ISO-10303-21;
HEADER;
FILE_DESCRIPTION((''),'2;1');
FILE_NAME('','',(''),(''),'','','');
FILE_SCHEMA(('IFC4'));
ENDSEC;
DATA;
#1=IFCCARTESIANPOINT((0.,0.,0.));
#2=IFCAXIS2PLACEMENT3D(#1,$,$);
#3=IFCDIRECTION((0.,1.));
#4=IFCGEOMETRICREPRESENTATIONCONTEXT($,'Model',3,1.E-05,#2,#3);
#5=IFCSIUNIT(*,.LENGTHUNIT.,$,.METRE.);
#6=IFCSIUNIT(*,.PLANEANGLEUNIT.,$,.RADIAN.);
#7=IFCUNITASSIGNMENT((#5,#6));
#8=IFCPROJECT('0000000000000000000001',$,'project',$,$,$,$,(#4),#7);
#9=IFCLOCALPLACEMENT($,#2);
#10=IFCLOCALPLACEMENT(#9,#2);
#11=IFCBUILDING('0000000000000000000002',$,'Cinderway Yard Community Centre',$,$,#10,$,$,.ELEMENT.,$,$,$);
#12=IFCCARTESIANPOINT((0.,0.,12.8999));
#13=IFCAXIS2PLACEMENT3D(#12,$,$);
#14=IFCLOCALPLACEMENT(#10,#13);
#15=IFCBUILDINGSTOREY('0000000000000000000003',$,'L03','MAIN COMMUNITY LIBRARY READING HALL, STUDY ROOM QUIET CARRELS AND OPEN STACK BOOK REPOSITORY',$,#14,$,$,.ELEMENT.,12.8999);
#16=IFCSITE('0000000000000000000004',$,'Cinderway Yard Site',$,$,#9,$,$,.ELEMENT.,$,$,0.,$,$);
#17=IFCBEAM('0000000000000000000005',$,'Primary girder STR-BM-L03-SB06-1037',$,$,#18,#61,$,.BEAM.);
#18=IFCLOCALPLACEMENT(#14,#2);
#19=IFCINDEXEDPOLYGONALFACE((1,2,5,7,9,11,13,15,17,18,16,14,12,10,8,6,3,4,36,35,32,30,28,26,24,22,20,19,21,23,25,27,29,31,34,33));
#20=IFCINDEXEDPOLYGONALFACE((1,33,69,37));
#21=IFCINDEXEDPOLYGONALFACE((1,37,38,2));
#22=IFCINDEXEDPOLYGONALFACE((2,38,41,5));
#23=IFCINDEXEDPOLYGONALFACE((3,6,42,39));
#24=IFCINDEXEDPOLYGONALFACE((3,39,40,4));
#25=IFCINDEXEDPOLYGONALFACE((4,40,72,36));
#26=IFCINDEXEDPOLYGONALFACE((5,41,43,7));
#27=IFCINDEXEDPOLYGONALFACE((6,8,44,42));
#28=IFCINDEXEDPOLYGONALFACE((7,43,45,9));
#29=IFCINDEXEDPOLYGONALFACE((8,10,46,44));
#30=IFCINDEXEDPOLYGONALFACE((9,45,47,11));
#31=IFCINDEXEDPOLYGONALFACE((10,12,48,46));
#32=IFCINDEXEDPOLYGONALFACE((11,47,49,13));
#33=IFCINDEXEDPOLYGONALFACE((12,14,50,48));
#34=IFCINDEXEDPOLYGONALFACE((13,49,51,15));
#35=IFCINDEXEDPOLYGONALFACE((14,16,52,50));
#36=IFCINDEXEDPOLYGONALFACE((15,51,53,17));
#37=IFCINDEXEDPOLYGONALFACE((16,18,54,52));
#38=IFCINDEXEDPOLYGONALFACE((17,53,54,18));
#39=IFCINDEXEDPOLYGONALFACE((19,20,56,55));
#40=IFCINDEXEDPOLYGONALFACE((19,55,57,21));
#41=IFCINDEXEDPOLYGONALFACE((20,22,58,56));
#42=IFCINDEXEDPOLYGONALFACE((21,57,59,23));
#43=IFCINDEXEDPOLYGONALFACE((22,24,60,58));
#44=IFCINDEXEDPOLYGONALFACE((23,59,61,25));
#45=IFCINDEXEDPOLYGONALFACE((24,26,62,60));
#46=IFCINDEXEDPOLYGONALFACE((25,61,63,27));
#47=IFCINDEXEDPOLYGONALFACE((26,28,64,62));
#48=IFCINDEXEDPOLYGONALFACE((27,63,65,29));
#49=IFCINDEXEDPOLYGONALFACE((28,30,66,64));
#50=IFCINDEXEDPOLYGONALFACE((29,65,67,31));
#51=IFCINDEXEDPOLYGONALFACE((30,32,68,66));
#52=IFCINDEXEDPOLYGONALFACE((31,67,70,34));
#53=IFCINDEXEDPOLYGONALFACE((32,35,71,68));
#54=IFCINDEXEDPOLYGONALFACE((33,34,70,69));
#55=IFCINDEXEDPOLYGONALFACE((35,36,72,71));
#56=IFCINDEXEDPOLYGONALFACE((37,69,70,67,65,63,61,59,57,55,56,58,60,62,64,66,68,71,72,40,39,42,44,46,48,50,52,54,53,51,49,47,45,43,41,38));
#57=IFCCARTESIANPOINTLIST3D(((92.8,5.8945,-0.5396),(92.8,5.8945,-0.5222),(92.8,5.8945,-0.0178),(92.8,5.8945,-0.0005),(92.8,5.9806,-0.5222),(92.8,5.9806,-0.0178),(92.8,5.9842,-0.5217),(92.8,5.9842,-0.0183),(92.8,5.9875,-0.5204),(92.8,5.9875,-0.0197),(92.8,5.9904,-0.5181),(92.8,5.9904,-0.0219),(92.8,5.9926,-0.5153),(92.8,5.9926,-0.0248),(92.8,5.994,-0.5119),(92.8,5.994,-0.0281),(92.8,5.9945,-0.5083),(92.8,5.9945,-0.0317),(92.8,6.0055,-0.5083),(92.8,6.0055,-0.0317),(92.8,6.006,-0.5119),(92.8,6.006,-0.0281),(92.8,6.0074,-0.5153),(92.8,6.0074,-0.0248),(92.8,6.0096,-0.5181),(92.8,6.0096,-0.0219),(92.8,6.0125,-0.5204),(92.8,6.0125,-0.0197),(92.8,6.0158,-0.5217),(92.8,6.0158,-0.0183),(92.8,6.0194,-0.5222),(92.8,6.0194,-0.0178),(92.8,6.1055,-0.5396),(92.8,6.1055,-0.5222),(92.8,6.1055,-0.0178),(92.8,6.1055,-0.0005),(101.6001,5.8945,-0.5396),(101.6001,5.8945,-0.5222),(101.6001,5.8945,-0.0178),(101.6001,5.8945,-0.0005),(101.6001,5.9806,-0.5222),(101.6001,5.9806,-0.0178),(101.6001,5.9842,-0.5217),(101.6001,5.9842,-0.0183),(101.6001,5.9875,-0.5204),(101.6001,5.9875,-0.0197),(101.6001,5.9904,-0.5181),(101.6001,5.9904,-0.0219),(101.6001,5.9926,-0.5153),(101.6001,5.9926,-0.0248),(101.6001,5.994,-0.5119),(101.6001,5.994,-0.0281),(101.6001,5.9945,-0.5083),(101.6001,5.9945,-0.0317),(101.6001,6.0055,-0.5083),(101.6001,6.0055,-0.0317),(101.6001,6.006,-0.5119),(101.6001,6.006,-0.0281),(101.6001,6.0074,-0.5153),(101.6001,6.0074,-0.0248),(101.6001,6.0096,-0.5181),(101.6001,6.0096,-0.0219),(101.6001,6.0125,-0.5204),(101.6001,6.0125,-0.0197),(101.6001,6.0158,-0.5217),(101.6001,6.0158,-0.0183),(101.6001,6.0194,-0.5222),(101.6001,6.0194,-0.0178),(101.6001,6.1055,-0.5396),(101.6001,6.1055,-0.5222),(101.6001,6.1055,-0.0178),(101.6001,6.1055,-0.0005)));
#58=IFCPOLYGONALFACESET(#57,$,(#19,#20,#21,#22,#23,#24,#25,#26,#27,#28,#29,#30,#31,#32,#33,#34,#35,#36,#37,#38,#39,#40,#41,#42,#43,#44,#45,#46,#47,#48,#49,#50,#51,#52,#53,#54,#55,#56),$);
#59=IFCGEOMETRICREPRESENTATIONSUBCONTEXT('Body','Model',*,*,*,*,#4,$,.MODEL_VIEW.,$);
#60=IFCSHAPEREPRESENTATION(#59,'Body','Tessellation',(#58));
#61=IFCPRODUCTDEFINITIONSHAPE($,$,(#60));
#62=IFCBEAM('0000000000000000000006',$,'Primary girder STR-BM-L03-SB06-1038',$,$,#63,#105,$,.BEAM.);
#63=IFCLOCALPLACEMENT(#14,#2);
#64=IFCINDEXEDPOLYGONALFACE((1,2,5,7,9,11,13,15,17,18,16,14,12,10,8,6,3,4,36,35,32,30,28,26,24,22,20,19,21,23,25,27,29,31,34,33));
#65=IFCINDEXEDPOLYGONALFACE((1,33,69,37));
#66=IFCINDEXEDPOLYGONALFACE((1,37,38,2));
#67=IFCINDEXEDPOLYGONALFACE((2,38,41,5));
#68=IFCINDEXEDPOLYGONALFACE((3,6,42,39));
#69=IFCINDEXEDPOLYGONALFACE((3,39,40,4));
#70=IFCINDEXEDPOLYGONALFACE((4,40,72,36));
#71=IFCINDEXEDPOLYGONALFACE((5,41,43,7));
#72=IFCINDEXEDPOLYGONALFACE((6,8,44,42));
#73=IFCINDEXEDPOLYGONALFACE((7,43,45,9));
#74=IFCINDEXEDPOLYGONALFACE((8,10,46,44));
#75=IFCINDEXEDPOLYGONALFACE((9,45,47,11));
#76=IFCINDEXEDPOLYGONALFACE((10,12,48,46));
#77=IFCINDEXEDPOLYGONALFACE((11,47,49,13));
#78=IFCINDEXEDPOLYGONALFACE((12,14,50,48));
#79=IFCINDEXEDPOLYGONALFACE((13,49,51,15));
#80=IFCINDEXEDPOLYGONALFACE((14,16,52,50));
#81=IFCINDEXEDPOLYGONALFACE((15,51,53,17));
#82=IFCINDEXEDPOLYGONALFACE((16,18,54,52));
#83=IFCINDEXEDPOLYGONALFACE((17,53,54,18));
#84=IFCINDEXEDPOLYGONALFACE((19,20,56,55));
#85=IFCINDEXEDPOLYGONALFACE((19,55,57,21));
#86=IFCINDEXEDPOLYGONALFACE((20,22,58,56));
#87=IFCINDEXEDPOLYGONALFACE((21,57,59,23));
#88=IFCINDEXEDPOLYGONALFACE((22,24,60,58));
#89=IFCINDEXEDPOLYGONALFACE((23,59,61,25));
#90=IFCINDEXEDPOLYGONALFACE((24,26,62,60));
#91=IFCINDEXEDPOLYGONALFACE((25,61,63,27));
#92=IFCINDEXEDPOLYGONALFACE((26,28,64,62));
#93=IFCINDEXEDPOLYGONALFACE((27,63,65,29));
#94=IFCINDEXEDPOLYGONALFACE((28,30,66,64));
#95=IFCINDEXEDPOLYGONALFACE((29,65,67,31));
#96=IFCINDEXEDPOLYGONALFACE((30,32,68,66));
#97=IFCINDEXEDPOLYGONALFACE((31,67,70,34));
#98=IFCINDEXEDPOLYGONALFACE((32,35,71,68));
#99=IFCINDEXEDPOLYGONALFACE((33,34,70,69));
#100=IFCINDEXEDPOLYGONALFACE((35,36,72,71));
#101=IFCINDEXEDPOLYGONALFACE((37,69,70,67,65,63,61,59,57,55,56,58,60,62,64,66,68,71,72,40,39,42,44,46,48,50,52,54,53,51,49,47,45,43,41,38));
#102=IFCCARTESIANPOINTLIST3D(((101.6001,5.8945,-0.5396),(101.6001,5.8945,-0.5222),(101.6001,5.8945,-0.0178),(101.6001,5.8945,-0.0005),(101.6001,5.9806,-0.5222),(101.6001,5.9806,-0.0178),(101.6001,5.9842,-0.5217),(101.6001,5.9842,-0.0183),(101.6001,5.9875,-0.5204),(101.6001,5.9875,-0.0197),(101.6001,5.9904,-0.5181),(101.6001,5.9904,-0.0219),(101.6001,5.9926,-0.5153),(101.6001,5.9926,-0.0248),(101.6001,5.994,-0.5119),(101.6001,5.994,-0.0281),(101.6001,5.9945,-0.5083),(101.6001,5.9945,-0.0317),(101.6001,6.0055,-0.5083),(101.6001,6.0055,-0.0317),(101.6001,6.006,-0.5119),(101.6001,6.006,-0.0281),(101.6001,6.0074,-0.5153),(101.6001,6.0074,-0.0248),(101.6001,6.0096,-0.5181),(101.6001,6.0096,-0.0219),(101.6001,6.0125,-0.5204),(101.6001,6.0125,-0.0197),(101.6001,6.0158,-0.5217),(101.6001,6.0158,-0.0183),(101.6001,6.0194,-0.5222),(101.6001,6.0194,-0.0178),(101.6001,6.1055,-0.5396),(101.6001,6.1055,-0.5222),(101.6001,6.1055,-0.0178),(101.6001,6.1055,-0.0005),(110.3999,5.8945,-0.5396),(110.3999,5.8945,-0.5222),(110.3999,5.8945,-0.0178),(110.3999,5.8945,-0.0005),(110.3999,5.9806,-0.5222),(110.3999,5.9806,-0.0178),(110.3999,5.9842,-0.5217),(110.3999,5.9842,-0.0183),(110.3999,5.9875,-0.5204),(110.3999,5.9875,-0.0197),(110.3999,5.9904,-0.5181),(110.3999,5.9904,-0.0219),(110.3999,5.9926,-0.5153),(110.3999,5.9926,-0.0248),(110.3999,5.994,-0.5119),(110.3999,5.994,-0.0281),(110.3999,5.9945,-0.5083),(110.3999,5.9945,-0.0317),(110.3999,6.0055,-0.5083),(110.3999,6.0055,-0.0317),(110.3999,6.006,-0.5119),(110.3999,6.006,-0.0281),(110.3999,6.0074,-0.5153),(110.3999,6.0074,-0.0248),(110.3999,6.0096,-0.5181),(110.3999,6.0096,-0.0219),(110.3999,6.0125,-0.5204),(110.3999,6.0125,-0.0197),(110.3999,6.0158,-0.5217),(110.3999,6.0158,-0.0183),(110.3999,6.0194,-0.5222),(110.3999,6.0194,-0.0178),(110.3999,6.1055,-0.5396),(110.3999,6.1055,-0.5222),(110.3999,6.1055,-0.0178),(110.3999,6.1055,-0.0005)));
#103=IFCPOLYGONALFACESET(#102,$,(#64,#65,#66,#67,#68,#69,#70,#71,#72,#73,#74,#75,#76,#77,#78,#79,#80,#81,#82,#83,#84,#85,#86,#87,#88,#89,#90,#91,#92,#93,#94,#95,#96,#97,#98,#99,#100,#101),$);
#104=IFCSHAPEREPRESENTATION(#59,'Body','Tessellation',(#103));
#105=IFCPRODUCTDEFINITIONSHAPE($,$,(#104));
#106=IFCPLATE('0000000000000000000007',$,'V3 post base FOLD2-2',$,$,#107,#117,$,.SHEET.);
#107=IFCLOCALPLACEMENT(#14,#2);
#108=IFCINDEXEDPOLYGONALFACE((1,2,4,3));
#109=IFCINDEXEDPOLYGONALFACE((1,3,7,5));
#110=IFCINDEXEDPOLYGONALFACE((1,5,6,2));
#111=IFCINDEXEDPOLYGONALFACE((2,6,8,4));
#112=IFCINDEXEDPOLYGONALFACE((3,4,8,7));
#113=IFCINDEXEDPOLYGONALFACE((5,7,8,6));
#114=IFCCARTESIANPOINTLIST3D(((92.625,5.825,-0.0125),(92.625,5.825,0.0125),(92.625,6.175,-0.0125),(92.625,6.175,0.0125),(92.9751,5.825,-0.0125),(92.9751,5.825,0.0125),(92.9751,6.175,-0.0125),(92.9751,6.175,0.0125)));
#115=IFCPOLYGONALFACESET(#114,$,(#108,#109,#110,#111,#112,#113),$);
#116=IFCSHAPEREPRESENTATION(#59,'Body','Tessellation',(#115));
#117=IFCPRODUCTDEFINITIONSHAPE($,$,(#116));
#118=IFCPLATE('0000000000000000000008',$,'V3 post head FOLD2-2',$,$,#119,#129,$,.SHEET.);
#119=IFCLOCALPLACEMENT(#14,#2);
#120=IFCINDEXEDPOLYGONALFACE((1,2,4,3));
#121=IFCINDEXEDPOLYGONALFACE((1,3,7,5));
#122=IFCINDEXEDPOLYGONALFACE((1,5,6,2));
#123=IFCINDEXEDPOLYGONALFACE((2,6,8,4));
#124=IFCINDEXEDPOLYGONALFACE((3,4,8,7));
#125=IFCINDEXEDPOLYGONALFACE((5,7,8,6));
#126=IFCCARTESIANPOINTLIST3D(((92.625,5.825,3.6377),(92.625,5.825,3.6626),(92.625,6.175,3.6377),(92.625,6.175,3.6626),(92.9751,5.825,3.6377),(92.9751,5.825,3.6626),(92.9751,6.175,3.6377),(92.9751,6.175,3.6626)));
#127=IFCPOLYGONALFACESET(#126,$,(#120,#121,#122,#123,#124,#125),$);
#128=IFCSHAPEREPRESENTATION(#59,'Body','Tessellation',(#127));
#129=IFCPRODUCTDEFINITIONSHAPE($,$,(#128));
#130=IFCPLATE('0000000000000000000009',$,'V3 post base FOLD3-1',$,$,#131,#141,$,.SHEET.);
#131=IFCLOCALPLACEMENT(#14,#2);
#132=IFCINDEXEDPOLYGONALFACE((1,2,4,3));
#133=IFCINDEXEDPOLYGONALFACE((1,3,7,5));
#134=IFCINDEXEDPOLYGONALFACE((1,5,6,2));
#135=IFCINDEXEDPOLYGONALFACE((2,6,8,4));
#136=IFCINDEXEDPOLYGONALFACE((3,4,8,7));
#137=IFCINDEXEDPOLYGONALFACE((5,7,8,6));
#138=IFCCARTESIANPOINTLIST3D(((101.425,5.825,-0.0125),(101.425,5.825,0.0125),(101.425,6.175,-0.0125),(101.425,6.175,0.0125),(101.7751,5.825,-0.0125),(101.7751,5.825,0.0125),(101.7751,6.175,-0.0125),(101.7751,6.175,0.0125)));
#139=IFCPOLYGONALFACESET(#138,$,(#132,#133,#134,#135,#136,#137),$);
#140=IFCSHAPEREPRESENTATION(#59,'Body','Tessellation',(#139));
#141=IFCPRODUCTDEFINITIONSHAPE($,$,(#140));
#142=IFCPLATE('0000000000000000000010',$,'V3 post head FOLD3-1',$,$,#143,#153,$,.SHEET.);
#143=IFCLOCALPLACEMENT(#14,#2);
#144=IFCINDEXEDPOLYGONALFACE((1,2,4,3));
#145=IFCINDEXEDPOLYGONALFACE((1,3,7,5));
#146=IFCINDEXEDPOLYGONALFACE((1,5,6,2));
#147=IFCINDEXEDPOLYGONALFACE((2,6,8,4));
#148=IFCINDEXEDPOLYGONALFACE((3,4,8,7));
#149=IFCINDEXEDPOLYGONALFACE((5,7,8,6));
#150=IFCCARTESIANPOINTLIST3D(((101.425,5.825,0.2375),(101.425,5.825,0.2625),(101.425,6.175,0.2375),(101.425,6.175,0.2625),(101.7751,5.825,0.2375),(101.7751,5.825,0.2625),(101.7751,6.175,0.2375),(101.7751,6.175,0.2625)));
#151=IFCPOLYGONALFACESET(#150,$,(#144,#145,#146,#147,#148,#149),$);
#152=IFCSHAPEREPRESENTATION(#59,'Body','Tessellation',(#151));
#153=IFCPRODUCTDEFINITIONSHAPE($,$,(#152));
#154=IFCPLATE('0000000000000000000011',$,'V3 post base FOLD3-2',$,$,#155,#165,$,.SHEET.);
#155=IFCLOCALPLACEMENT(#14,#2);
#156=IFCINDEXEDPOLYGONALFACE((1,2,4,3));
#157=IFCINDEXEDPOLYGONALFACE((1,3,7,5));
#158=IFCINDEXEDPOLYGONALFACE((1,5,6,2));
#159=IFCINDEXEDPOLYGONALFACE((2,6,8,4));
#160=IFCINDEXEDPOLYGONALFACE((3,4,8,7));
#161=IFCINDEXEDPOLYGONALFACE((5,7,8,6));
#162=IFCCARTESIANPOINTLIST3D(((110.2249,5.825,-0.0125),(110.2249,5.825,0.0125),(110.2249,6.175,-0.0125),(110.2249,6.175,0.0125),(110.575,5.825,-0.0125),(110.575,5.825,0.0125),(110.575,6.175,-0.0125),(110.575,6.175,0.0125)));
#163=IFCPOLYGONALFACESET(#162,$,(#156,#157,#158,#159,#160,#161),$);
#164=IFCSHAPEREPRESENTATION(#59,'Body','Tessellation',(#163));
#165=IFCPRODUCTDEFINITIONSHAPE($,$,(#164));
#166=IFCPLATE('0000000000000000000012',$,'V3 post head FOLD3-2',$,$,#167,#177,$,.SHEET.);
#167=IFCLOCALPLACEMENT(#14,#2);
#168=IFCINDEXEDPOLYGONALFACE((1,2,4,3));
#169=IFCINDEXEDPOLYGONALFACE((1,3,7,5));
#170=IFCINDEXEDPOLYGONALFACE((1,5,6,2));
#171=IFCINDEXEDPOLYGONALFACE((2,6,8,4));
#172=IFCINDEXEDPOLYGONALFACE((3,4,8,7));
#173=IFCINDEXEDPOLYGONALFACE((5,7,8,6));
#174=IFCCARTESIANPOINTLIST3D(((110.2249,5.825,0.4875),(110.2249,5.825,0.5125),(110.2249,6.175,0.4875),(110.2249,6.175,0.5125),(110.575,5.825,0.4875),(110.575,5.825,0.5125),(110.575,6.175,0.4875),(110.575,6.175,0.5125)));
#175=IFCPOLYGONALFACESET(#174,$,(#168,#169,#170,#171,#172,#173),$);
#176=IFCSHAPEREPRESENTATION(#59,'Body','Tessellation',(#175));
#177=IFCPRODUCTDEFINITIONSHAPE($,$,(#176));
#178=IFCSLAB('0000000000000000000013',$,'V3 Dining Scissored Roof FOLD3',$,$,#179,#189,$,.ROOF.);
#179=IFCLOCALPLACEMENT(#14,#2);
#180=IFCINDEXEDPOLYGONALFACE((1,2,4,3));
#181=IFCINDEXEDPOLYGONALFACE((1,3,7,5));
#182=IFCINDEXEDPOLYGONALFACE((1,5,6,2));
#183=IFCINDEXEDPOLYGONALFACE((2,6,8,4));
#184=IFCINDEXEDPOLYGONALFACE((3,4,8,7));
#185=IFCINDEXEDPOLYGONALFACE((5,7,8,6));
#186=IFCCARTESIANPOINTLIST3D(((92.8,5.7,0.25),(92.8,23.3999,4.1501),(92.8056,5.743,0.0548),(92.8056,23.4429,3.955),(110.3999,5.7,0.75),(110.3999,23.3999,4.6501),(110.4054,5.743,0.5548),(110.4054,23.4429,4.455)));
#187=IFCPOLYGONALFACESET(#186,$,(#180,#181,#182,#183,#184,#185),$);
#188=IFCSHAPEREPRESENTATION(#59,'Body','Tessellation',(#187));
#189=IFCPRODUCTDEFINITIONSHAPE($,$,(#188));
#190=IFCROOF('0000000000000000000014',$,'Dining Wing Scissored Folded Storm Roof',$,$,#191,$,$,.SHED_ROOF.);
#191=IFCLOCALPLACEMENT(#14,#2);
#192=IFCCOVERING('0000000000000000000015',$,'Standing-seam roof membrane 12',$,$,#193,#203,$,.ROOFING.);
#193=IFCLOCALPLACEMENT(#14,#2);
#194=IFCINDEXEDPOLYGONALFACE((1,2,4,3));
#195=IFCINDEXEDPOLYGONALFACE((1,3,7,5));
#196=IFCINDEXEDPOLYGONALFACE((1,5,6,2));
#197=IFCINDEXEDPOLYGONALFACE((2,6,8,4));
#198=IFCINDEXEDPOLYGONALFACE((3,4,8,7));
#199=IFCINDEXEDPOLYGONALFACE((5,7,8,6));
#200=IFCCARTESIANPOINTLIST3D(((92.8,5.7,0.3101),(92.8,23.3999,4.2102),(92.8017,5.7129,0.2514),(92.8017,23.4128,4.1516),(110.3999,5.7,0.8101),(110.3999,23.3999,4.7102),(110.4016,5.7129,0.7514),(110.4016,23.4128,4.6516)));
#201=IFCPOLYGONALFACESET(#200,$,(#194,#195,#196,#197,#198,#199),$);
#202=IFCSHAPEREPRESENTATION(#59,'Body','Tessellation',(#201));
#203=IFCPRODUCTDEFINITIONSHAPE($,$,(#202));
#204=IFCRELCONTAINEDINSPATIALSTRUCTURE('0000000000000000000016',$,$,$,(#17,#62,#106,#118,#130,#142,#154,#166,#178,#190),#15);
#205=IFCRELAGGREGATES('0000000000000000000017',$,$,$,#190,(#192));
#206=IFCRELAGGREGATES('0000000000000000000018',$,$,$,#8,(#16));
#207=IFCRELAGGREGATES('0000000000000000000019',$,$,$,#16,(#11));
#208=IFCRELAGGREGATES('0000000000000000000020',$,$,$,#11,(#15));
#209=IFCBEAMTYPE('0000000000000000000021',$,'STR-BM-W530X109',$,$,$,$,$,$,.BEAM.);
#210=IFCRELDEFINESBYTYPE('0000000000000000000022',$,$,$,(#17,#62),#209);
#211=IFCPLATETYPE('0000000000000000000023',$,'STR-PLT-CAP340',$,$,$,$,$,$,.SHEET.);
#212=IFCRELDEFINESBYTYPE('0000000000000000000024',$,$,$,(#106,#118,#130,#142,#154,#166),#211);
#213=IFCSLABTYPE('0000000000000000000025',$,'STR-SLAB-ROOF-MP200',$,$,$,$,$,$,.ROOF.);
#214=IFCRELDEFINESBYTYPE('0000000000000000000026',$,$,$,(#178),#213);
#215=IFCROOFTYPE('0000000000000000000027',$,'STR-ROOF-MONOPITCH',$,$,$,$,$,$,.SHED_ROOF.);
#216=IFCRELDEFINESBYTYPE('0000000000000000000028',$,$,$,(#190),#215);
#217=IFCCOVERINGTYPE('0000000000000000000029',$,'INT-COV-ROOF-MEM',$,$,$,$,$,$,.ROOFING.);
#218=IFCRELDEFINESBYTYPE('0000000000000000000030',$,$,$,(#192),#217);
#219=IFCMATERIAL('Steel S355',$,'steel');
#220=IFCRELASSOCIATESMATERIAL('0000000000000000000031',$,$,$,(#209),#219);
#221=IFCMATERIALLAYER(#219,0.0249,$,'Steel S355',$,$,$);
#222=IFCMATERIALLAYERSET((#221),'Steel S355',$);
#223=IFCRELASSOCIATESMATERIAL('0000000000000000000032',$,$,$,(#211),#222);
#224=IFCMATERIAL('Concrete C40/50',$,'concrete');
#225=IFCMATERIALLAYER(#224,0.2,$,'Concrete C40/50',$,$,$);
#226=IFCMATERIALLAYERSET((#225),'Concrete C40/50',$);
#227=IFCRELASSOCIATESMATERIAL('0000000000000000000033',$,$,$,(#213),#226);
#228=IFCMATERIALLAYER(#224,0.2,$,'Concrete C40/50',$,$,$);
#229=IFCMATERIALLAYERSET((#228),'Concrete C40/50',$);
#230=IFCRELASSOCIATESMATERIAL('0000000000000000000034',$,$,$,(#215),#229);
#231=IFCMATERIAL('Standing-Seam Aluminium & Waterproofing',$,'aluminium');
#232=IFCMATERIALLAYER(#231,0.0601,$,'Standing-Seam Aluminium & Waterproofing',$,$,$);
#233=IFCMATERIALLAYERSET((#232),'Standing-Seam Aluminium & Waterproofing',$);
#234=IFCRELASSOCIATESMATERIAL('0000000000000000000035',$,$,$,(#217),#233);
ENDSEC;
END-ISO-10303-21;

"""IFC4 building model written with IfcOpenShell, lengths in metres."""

from ifc_helpers import new_model, si_unit, direction, frame, origin, origin_2d, place, context, subcontext, project, spatial, polyline, rectangle, i_section, outline, extrude, material, layer, layer_set, material_profile, profile_set, type_object, element, aggregate, save


model = new_model("IFC4")

# Units and contexts
model_context = context("Model", 3, precision=1e-05, world=origin(), true_north=direction((0.0, 1.0)))
body_context = subcontext(model_context, "Body", "Model", "MODEL_VIEW")
ifc_project = project(units=[si_unit("LENGTHUNIT", "METRE"), si_unit("PLANEANGLEUNIT", "RADIAN")], contexts=[model_context])

# Site, building, storey
site_placement = place(None, origin())
site = spatial("IfcSite", under=ifc_project, at=site_placement, Name="Cinderway Yard Site", CompositionType="ELEMENT", RefElevation=0.0)
building_placement = place(site_placement, origin())
building = spatial("IfcBuilding", under=site, at=building_placement, Name="Cinderway Yard Community Centre", CompositionType="ELEMENT")
storey_placement = place(building_placement, frame((0.0, 0.0, 12.8999)))
storey = spatial("IfcBuildingStorey", under=building, at=storey_placement, Name="L03", Description="MAIN COMMUNITY LIBRARY READING HALL, STUDY ROOM QUIET CARRELS AND OPEN STACK BOOK REPOSITORY", CompositionType="ELEMENT", Elevation=12.8999)

# Shared definitions
ifc_material_1 = material(Name="Steel S355", Category="steel")

# Beams
ifc_material_profile_1 = material_profile(ifc_material_1, i_section(OverallWidth=0.2109, OverallDepth=0.5391, WebThickness=0.011, FlangeThickness=0.0173, FilletRadius=0.0139, at=origin_2d()), Name="Steel S355")
ifc_profile_set_1 = profile_set([ifc_material_profile_1], Name="Steel S355")
beam_type_1 = type_object("IfcBeamType", Name="STR-BM-W530X109", PredefinedType="BEAM", material=ifc_profile_set_1)
beam_1_placement = place(storey_placement, frame((92.8, 6.0, -0.27), z_axis=(1.0, 0.0, 0.0), x_axis=(0.0, 1.0, 0.0)))
element("IfcBeam", 1, at=beam_1_placement, inside=storey, type_object=beam_type_1, Name="Primary girder STR-BM-L03-SB06-1037", PredefinedType="BEAM", context=body_context, shape_type="SweptSolid", body=[
    extrude(i_section(OverallWidth=0.2109, OverallDepth=0.5391, WebThickness=0.011, FlangeThickness=0.0173, FilletRadius=0.0139, at=origin_2d()), origin(), (0.0, 0.0, 1.0), 8.8),
])
beam_2_placement = place(storey_placement, frame((101.6001, 6.0, -0.27), z_axis=(1.0, 0.0, 0.0), x_axis=(0.0, 1.0, 0.0)))
element("IfcBeam", 2, at=beam_2_placement, inside=storey, type_object=beam_type_1, Name="Primary girder STR-BM-L03-SB06-1038", PredefinedType="BEAM", context=body_context, shape_type="SweptSolid", body=[
    extrude(i_section(OverallWidth=0.2109, OverallDepth=0.5391, WebThickness=0.011, FlangeThickness=0.0173, FilletRadius=0.0139, at=origin_2d()), origin(), (0.0, 0.0, 1.0), 8.7998),
])

# Plates
ifc_layer_1 = layer(ifc_material_1, 0.0249, Name="Steel S355")
ifc_layer_set_1 = layer_set([ifc_layer_1], Name="Steel S355")
plate_type = type_object("IfcPlateType", Name="STR-PLT-CAP340", PredefinedType="SHEET", material=ifc_layer_set_1)
for number, where, z_axis, x_axis, name in (
    (3, (92.8, 6.0, -0.0125), (0.0, 0.0, 1.0), (1.0, 0.0, 0.0), "V3 post base FOLD2-2"),
    (4, (92.8, 6.0, 3.6377), (0.0, 0.0, 1.0), (1.0, 0.0, 0.0), "V3 post head FOLD2-2"),
    (5, (101.6001, 6.0, -0.0125), (0.0, 0.0, 1.0), (1.0, 0.0, 0.0), "V3 post base FOLD3-1"),
    (6, (101.6001, 6.0, 0.2375), (0.0, 0.0, 1.0), (1.0, 0.0, 0.0), "V3 post head FOLD3-1"),
    (7, (110.3999, 6.0, -0.0125), (0.0, 0.0, 1.0), (1.0, 0.0, 0.0), "V3 post base FOLD3-2"),
    (8, (110.3999, 6.0, 0.4875), (0.0, 0.0, 1.0), (1.0, 0.0, 0.0), "V3 post head FOLD3-2"),
):
    element("IfcPlate", number, at=place(storey_placement, frame(where, z_axis=z_axis, x_axis=x_axis)), inside=storey, type_object=plate_type, Name=name, PredefinedType="SHEET", context=body_context, shape_type="SweptSolid", body=[
        extrude(rectangle(XDim=0.3501, YDim=0.3501, at=origin_2d()), origin(), (0.0, 0.0, 1.0), 0.0249),
    ])

# Slab
ifc_material_2 = material(Name="Concrete C40/50", Category="concrete")
ifc_layer_2 = layer(ifc_material_2, 0.2, Name="Concrete C40/50")
ifc_layer_set_2 = layer_set([ifc_layer_2], Name="Concrete C40/50")
slab_type = type_object("IfcSlabType", Name="STR-SLAB-ROOF-MP200", PredefinedType="ROOF", material=ifc_layer_set_2)
slab_placement = place(storey_placement, frame((92.8, 5.7, 0.25), z_axis=(-0.027733, -0.215103, 0.976197), x_axis=(0.999597, 0.0, 0.028398)))
element("IfcSlab", 9, at=slab_placement, inside=storey, type_object=slab_type, Name="V3 Dining Scissored Roof FOLD3", PredefinedType="ROOF", context=body_context, shape_type="SweptSolid", body=[
    extrude(outline(polyline([(0.0, 0.0), (17.607, 0.0), (17.7177, 18.1242), (0.1108, 18.1242), (0.0, 0.0)])), origin(), (0.0, 0.0, -1.0), 0.2),
])

# Roof, covering
ifc_layer_3 = layer(ifc_material_2, 0.2, Name="Concrete C40/50")
ifc_layer_set_3 = layer_set([ifc_layer_3], Name="Concrete C40/50")
roof_type = type_object("IfcRoofType", Name="STR-ROOF-MONOPITCH", PredefinedType="SHED_ROOF", material=ifc_layer_set_3)
roof_placement = place(storey_placement, origin())
roof = element("IfcRoof", 10, at=roof_placement, inside=storey, type_object=roof_type, Name="Dining Wing Scissored Folded Storm Roof", PredefinedType="SHED_ROOF")
ifc_material_3 = material(Name="Standing-Seam Aluminium & Waterproofing", Category="aluminium")
ifc_layer_4 = layer(ifc_material_3, 0.0601, Name="Standing-Seam Aluminium & Waterproofing")
ifc_layer_set_4 = layer_set([ifc_layer_4], Name="Standing-Seam Aluminium & Waterproofing")
covering_type = type_object("IfcCoveringType", Name="INT-COV-ROOF-MEM", PredefinedType="ROOFING", material=ifc_layer_set_4)
covering_placement = place(storey_placement, frame((92.8, 5.7, 0.3101), z_axis=(-0.027733, -0.215103, 0.976197), x_axis=(0.999597, 0.0, 0.028398)))
covering = element("IfcCovering", 11, at=covering_placement, type_object=covering_type, Name="Standing-seam roof membrane 12", PredefinedType="ROOFING", context=body_context, shape_type="SweptSolid", body=[
    extrude(outline(polyline([(0.0, 0.0), (17.607, 0.0), (17.7177, 18.1242), (0.1108, 18.1242), (0.0, 0.0)])), origin(), (0.0, 0.0, -1.0), 0.0601),
])
aggregate(roof, [covering])

save(model, "model.ifc")
